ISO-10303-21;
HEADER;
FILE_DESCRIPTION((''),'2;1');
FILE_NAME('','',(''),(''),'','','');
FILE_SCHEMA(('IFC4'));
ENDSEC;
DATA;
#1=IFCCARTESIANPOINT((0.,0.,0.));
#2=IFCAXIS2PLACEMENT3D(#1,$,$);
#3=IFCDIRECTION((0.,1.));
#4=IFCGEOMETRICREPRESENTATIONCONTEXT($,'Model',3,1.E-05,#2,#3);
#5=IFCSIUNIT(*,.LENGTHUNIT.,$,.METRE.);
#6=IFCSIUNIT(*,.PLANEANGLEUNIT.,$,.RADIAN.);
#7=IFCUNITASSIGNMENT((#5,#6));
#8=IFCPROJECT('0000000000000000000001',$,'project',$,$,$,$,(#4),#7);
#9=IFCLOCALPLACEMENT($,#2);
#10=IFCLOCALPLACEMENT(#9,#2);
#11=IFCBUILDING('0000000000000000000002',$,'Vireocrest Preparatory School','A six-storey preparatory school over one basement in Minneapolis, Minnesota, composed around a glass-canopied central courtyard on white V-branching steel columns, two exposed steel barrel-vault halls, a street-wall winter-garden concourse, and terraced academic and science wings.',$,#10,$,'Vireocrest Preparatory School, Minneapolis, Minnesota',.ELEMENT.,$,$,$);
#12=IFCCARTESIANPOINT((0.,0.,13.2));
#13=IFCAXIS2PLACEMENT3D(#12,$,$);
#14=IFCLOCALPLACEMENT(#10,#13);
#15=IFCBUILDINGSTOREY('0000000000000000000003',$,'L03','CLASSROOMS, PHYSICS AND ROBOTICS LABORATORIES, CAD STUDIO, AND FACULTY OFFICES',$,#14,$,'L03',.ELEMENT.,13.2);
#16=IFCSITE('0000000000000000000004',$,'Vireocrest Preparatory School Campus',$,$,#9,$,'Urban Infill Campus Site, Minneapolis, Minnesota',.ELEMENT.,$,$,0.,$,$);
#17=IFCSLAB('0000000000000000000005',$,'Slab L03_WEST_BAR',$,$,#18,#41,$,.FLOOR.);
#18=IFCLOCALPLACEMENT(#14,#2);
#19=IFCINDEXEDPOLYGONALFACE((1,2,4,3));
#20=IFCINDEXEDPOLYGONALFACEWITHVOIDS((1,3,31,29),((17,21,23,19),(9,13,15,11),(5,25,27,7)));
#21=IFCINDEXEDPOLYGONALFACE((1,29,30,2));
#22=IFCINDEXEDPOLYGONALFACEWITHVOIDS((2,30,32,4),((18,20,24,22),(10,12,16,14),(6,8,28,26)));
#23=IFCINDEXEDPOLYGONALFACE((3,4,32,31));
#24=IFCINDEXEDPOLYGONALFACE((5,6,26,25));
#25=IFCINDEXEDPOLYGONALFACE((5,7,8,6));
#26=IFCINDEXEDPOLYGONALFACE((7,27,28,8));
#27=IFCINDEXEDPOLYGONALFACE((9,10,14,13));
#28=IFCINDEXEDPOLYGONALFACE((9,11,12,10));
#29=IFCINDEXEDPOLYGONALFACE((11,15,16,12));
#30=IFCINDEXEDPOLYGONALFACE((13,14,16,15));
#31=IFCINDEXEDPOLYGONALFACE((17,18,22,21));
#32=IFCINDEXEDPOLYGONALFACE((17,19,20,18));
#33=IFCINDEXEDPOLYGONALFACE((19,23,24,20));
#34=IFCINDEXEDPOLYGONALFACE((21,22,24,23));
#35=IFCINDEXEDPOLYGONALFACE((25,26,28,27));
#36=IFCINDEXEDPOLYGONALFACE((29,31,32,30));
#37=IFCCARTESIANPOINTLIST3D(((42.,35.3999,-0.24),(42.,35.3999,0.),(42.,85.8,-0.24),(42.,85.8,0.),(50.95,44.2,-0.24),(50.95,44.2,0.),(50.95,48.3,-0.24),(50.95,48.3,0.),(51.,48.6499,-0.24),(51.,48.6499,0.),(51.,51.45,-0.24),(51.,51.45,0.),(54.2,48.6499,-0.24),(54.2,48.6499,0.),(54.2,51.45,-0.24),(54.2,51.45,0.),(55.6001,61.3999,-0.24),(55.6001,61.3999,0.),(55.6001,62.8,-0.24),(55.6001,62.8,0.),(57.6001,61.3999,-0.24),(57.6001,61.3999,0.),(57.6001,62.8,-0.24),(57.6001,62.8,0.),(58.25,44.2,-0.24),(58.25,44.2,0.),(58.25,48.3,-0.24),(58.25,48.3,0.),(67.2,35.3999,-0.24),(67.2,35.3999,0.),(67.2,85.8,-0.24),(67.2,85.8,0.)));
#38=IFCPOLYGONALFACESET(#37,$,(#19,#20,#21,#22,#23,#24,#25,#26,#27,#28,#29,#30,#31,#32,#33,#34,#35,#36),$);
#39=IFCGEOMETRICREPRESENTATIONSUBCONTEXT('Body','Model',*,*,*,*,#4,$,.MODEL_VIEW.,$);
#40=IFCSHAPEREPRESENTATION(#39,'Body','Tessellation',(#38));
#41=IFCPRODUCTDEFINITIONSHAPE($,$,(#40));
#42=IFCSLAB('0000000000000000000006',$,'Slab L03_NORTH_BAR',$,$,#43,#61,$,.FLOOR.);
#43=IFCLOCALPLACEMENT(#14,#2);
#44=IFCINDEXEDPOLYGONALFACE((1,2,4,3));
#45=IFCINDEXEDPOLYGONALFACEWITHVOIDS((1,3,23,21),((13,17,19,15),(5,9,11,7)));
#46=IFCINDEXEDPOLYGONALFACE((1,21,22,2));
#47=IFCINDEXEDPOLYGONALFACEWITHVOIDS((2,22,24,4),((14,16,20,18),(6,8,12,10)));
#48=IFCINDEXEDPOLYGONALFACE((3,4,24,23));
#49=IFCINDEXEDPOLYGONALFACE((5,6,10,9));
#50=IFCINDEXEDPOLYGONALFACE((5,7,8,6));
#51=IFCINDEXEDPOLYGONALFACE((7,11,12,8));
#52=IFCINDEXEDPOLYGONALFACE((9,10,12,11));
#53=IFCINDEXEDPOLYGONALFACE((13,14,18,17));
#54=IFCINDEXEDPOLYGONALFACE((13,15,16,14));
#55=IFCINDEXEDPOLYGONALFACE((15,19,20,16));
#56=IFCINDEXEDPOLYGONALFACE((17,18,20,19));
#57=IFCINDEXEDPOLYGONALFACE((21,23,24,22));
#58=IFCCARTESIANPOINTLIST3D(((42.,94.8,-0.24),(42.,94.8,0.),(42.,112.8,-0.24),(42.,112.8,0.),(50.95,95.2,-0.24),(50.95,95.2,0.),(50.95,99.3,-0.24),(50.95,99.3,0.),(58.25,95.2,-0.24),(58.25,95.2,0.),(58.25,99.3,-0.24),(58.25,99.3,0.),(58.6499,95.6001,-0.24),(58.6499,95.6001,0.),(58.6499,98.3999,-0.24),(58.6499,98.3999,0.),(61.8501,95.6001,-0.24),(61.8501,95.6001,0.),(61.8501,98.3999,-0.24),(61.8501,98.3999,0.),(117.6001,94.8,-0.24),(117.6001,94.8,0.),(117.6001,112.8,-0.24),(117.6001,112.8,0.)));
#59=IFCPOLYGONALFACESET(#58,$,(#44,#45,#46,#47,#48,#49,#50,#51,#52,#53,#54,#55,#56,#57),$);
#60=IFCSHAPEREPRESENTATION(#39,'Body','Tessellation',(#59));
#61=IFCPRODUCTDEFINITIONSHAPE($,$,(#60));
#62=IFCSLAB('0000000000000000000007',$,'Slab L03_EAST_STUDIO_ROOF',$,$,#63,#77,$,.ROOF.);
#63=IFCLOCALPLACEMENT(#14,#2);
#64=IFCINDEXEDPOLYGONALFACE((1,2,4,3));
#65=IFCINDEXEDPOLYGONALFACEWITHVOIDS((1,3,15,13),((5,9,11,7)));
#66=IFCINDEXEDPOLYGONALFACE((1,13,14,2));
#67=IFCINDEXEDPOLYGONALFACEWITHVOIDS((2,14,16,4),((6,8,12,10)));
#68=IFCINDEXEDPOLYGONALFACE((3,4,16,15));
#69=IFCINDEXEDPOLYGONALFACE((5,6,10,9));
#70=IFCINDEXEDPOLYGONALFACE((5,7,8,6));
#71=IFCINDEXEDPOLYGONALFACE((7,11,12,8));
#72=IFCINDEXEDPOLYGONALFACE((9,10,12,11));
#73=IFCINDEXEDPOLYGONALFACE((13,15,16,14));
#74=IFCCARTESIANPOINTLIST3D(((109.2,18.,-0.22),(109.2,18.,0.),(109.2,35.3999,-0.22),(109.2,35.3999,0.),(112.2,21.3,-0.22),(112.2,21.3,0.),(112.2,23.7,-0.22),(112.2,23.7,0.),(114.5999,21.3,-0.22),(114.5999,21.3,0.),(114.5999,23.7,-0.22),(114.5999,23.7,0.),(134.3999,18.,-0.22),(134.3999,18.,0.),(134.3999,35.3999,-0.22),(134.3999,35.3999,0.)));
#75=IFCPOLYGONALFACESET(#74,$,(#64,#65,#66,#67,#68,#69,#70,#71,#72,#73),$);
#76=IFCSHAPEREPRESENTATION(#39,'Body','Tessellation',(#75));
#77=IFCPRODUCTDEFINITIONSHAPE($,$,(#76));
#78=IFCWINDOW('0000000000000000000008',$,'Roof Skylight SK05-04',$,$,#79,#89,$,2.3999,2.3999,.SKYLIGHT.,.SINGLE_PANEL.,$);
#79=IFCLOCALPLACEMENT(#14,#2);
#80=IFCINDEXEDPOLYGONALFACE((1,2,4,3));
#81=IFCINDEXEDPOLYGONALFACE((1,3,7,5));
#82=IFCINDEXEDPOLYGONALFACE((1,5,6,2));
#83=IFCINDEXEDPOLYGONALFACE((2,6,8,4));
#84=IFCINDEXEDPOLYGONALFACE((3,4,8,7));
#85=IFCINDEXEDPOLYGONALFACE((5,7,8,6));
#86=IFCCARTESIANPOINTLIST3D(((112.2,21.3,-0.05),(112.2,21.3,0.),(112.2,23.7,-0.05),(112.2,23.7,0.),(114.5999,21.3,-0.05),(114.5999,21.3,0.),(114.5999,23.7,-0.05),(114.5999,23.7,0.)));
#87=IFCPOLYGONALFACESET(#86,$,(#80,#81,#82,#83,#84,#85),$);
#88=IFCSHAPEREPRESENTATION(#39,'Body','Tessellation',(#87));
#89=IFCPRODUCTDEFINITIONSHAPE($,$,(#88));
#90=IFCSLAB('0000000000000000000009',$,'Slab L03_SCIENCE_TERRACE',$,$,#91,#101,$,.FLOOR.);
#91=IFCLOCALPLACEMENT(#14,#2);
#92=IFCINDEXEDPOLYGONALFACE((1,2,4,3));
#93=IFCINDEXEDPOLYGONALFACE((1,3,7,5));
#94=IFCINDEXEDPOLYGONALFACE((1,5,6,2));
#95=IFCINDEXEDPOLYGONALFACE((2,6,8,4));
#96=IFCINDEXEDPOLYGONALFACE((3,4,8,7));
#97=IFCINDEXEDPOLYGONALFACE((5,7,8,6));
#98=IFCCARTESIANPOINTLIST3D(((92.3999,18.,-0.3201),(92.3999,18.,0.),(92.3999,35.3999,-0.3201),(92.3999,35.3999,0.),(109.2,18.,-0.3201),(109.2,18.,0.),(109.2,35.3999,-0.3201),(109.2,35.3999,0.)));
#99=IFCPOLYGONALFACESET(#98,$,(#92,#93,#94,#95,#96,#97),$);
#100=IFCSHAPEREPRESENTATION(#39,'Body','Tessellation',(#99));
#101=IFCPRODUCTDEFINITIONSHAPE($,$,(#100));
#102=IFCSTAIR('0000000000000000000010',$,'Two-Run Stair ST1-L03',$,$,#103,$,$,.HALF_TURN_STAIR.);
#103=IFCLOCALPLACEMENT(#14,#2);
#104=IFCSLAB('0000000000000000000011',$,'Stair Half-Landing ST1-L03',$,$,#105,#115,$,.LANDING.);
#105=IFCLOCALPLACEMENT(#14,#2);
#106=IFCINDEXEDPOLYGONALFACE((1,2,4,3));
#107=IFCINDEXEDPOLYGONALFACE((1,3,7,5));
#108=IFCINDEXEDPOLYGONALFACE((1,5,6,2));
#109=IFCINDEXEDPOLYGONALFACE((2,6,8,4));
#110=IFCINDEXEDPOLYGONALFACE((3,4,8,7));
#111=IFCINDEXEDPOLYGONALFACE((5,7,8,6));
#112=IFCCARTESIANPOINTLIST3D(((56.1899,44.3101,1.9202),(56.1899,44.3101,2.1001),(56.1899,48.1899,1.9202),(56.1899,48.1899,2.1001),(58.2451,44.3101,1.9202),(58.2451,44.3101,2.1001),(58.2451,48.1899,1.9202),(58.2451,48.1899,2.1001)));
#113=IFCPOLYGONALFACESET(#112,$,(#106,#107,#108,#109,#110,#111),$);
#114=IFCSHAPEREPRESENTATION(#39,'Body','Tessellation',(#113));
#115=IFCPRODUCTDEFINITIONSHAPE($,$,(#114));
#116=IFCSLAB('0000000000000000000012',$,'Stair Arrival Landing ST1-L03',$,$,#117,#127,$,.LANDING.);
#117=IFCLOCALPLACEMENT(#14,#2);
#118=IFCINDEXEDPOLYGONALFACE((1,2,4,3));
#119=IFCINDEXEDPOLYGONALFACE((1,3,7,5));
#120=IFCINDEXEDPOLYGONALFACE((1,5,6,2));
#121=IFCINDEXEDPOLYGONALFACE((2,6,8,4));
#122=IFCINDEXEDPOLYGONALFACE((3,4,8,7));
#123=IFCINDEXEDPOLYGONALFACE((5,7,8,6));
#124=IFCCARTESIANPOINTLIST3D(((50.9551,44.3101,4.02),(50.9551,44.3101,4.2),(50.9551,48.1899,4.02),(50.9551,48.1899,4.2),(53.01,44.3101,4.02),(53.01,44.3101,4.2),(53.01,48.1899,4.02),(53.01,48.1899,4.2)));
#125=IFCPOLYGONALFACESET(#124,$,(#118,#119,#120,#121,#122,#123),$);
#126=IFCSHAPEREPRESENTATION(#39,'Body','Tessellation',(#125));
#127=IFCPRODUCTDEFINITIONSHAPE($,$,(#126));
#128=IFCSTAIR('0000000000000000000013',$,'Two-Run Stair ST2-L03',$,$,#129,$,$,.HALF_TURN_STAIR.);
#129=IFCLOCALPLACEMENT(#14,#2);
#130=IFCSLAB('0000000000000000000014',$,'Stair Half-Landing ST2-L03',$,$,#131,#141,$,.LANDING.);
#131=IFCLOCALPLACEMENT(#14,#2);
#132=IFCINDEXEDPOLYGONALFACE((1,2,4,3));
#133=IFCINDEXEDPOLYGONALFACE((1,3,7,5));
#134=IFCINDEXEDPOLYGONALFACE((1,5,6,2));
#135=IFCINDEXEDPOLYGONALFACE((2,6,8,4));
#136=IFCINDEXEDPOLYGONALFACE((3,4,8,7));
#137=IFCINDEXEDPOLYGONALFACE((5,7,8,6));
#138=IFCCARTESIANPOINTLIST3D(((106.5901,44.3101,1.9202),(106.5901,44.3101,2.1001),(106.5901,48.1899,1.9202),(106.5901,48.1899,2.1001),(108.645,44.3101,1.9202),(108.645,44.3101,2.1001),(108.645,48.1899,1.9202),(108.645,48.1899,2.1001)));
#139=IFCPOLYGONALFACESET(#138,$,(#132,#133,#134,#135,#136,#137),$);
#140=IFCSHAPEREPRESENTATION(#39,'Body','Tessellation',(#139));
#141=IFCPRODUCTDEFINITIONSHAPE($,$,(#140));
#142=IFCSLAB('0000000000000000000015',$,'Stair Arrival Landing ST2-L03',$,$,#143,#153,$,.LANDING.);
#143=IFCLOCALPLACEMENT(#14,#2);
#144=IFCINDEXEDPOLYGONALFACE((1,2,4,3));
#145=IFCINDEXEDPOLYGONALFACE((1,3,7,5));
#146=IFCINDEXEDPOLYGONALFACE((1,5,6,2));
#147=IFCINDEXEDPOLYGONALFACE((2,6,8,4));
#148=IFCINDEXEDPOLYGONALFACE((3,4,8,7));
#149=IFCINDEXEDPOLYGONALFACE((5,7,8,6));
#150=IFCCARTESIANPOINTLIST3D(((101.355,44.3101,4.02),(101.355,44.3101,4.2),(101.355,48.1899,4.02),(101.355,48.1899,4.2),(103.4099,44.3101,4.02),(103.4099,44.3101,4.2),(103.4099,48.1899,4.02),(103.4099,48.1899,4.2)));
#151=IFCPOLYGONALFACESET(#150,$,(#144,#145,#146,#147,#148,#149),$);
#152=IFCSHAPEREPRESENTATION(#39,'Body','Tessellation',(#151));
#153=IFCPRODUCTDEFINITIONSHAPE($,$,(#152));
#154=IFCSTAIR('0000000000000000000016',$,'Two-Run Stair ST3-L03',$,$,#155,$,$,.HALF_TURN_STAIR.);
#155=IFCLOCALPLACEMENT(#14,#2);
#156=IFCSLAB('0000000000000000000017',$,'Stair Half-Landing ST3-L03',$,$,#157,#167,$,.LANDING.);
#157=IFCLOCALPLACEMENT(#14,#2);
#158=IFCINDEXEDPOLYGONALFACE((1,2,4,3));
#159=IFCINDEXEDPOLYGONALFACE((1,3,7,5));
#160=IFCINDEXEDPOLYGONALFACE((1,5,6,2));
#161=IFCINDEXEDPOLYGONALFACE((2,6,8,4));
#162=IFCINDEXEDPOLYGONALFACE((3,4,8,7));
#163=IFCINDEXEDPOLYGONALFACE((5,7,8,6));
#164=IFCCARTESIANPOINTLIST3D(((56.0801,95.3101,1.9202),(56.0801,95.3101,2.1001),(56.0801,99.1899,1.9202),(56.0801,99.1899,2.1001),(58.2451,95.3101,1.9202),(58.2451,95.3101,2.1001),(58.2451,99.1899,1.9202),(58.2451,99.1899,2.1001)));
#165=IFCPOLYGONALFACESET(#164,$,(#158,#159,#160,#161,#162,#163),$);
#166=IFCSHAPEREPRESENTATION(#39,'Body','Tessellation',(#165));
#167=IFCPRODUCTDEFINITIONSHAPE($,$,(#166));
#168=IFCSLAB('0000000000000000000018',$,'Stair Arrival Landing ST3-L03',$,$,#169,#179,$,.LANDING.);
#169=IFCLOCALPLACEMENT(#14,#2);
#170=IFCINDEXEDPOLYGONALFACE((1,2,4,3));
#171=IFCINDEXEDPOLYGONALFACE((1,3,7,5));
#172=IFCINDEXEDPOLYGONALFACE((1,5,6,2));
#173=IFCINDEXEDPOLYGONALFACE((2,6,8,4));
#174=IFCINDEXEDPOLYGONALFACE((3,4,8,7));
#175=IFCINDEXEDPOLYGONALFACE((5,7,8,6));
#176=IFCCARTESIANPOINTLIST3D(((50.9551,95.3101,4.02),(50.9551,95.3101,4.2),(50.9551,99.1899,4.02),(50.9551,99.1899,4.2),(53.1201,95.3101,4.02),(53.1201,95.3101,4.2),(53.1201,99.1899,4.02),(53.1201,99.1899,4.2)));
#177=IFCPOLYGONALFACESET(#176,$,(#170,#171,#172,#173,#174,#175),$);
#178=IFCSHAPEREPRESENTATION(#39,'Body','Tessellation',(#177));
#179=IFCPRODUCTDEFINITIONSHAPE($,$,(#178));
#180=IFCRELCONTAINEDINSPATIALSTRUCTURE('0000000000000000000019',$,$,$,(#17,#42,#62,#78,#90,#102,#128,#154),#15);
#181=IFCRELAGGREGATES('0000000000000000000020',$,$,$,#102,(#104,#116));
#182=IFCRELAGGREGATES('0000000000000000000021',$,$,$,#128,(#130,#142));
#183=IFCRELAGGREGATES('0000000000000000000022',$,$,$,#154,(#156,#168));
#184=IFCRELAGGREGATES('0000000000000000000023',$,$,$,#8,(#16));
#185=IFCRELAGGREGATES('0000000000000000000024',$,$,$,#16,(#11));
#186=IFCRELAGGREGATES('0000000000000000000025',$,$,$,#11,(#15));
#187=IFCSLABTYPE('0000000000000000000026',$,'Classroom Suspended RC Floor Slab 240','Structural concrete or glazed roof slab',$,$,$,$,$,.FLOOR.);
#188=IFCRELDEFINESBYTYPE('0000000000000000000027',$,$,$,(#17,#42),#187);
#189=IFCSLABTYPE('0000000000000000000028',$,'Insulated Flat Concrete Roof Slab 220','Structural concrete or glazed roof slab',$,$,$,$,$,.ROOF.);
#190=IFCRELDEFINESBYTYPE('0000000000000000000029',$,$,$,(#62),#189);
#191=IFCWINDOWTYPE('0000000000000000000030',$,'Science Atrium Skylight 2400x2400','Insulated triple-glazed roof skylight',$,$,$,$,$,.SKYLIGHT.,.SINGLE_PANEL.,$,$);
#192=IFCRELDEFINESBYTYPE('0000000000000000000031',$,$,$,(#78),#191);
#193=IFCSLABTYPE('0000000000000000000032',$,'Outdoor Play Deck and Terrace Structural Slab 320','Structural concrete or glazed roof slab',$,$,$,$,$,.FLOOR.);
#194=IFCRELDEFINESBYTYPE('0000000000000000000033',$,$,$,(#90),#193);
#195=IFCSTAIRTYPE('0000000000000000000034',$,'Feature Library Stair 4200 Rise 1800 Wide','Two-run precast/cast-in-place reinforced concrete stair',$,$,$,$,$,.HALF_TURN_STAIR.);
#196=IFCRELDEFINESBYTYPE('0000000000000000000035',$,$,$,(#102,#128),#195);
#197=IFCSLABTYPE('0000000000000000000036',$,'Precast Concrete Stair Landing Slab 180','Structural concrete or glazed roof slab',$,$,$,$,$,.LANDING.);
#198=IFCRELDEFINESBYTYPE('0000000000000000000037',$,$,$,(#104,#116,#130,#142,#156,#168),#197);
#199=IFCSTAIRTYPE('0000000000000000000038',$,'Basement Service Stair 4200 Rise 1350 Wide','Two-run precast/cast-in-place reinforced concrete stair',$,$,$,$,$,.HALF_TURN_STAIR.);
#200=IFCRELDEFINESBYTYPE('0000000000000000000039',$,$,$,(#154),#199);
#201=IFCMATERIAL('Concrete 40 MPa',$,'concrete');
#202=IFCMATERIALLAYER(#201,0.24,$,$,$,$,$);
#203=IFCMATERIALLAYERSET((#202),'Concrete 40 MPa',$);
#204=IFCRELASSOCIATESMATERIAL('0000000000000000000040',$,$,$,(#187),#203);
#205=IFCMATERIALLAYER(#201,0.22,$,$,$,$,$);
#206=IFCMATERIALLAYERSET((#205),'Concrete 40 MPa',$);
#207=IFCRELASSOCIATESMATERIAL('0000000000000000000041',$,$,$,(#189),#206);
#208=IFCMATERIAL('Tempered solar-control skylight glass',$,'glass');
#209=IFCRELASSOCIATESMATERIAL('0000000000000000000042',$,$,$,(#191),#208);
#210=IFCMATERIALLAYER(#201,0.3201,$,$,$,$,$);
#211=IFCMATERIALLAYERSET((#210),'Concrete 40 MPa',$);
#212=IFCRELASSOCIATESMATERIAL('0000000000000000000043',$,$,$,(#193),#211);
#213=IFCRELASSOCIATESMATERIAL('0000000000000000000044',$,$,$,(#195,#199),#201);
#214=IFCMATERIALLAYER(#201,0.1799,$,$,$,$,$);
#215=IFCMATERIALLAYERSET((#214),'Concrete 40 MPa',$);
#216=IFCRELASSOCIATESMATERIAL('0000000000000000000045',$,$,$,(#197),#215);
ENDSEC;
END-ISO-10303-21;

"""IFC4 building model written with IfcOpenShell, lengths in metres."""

from ifc_helpers import new_model, si_unit, direction, frame, origin, origin_2d, place, context, subcontext, project, spatial, polyline, rectangle, outline, extrude, material, layer, layer_set, type_object, element, fill, aggregate, save


model = new_model("IFC4")

# Units and contexts
model_context = context("Model", 3, precision=1e-05, world=origin(), true_north=direction((0.0, 1.0)))
body_context = subcontext(model_context, "Body", "Model", "MODEL_VIEW")
ifc_project = project(units=[si_unit("LENGTHUNIT", "METRE"), si_unit("PLANEANGLEUNIT", "RADIAN")], contexts=[model_context])

# Site, building, storey
site_placement = place(None, origin())
site = spatial("IfcSite", under=ifc_project, at=site_placement, Name="Vireocrest Preparatory School Campus", LongName="Urban Infill Campus Site, Minneapolis, Minnesota", CompositionType="ELEMENT", RefElevation=0.0)
building_placement = place(site_placement, origin())
building = spatial("IfcBuilding", under=site, at=building_placement, Name="Vireocrest Preparatory School", Description="A six-storey preparatory school over one basement in Minneapolis, Minnesota, composed around a glass-canopied central courtyard on white V-branching steel columns, two exposed steel barrel-vault halls, a street-wall winter-garden concourse, and terraced academic and science wings.", LongName="Vireocrest Preparatory School, Minneapolis, Minnesota", CompositionType="ELEMENT")
storey_placement = place(building_placement, frame((0.0, 0.0, 13.2)))
storey = spatial("IfcBuildingStorey", under=building, at=storey_placement, Name="L03", Description="CLASSROOMS, PHYSICS AND ROBOTICS LABORATORIES, CAD STUDIO, AND FACULTY OFFICES", LongName="L03", CompositionType="ELEMENT", Elevation=13.2)

# Slabs, openings
ifc_material_1 = material(Name="Concrete 40 MPa", Category="concrete")
ifc_layer_1 = layer(ifc_material_1, 0.24)
ifc_layer_set_1 = layer_set([ifc_layer_1], Name="Concrete 40 MPa")
slab_type_1 = type_object("IfcSlabType", Name="Classroom Suspended RC Floor Slab 240", Description="Structural concrete or glazed roof slab", PredefinedType="FLOOR", material=ifc_layer_set_1)
slab_1_placement = place(storey_placement, frame((0.0, 0.0, -0.24)))
slab_1 = element("IfcSlab", 1, at=slab_1_placement, inside=storey, type_object=slab_type_1, Name="Slab L03_WEST_BAR", PredefinedType="FLOOR", context=body_context, shape_type="SweptSolid", body=[
    extrude(outline(polyline([(42.0, 35.3999), (67.2, 35.3999), (67.2, 85.8), (42.0, 85.8), (42.0, 35.3999)])), origin(), (0.0, 0.0, 1.0), 0.24),
])
opening_1_placement = place(slab_1_placement, frame((0.0, 0.0, -0.01)))
element("IfcOpeningElement", 2, at=opening_1_placement, cuts=slab_1, PredefinedType="OPENING", context=body_context, shape_type="SweptSolid", body=[
    extrude(outline(polyline([(50.95, 44.2), (58.25, 44.2), (58.25, 48.3), (50.95, 48.3), (50.95, 44.2)])), origin(), (0.0, 0.0, 1.0), 0.26),
])
opening_2_placement = place(slab_1_placement, frame((0.0, 0.0, -0.01)))
element("IfcOpeningElement", 3, at=opening_2_placement, cuts=slab_1, PredefinedType="OPENING", context=body_context, shape_type="SweptSolid", body=[
    extrude(outline(polyline([(51.0, 48.6499), (54.2, 48.6499), (54.2, 51.45), (51.0, 51.45), (51.0, 48.6499)])), origin(), (0.0, 0.0, 1.0), 0.26),
])
opening_3_placement = place(slab_1_placement, frame((0.0, 0.0, -0.01)))
element("IfcOpeningElement", 4, at=opening_3_placement, cuts=slab_1, PredefinedType="OPENING", context=body_context, shape_type="SweptSolid", body=[
    extrude(outline(polyline([(55.6001, 61.3999), (57.6001, 61.3999), (57.6001, 62.8), (55.6001, 62.8), (55.6001, 61.3999)])), origin(), (0.0, 0.0, 1.0), 0.26),
])
slab_2_placement = place(storey_placement, frame((0.0, 0.0, -0.24)))
slab_2 = element("IfcSlab", 5, at=slab_2_placement, inside=storey, type_object=slab_type_1, Name="Slab L03_NORTH_BAR", PredefinedType="FLOOR", context=body_context, shape_type="SweptSolid", body=[
    extrude(outline(polyline([(42.0, 94.8), (117.6001, 94.8), (117.6001, 112.8), (42.0, 112.8), (42.0, 94.8)])), origin(), (0.0, 0.0, 1.0), 0.24),
])
opening_4_placement = place(slab_2_placement, frame((0.0, 0.0, -0.01)))
element("IfcOpeningElement", 6, at=opening_4_placement, cuts=slab_2, PredefinedType="OPENING", context=body_context, shape_type="SweptSolid", body=[
    extrude(outline(polyline([(50.95, 95.2), (58.25, 95.2), (58.25, 99.3), (50.95, 99.3), (50.95, 95.2)])), origin(), (0.0, 0.0, 1.0), 0.26),
])
opening_5_placement = place(slab_2_placement, frame((0.0, 0.0, -0.01)))
element("IfcOpeningElement", 7, at=opening_5_placement, cuts=slab_2, PredefinedType="OPENING", context=body_context, shape_type="SweptSolid", body=[
    extrude(outline(polyline([(58.6499, 95.6001), (61.8501, 95.6001), (61.8501, 98.3999), (58.6499, 98.3999), (58.6499, 95.6001)])), origin(), (0.0, 0.0, 1.0), 0.26),
])

# Slab, opening, window
ifc_layer_2 = layer(ifc_material_1, 0.22)
ifc_layer_set_2 = layer_set([ifc_layer_2], Name="Concrete 40 MPa")
slab_type_2 = type_object("IfcSlabType", Name="Insulated Flat Concrete Roof Slab 220", Description="Structural concrete or glazed roof slab", PredefinedType="ROOF", material=ifc_layer_set_2)
slab_3_placement = place(storey_placement, frame((0.0, 0.0, -0.22)))
slab_3 = element("IfcSlab", 8, at=slab_3_placement, inside=storey, type_object=slab_type_2, Name="Slab L03_EAST_STUDIO_ROOF", PredefinedType="ROOF", context=body_context, shape_type="SweptSolid", body=[
    extrude(outline(polyline([(109.2, 18.0), (134.3999, 18.0), (134.3999, 35.3999), (109.2, 35.3999), (109.2, 18.0)])), origin(), (0.0, 0.0, 1.0), 0.22),
])
opening_6_placement = place(slab_3_placement, frame((113.3999, 22.5, -0.01)))
opening_6 = element("IfcOpeningElement", 9, at=opening_6_placement, cuts=slab_3, PredefinedType="OPENING", context=body_context, shape_type="SweptSolid", body=[
    extrude(rectangle(XDim=2.3999, YDim=2.3999, at=origin_2d()), origin(), (0.0, 0.0, 1.0), 0.24),
])
ifc_material_2 = material(Name="Tempered solar-control skylight glass", Category="glass")
window_type = type_object("IfcWindowType", Name="Science Atrium Skylight 2400x2400", Description="Insulated triple-glazed roof skylight", PartitioningType="SINGLE_PANEL", PredefinedType="SKYLIGHT", material=ifc_material_2)
window_placement = place(opening_6_placement, frame((0.0, 0.0, 0.1799)))
window = element("IfcWindow", 10, at=window_placement, inside=storey, type_object=window_type, Name="Roof Skylight SK05-04", OverallHeight=2.3999, OverallWidth=2.3999, PartitioningType="SINGLE_PANEL", PredefinedType="SKYLIGHT", context=body_context, shape_type="SweptSolid", body=[
    extrude(rectangle(XDim=2.3999, YDim=2.3999, at=origin_2d()), origin(), (0.0, 0.0, 1.0), 0.05),
])
fill(opening_6, window)

# Slab
ifc_layer_3 = layer(ifc_material_1, 0.3201)
ifc_layer_set_3 = layer_set([ifc_layer_3], Name="Concrete 40 MPa")
slab_type_3 = type_object("IfcSlabType", Name="Outdoor Play Deck and Terrace Structural Slab 320", Description="Structural concrete or glazed roof slab", PredefinedType="FLOOR", material=ifc_layer_set_3)
slab_4_placement = place(storey_placement, frame((0.0, 0.0, -0.3201)))
element("IfcSlab", 11, at=slab_4_placement, inside=storey, type_object=slab_type_3, Name="Slab L03_SCIENCE_TERRACE", PredefinedType="FLOOR", context=body_context, shape_type="SweptSolid", body=[
    extrude(outline(polyline([(92.3999, 18.0), (109.2, 18.0), (109.2, 35.3999), (92.3999, 35.3999), (92.3999, 18.0)])), origin(), (0.0, 0.0, 1.0), 0.3201),
])

# Stairs, slabs
stair_type_1 = type_object("IfcStairType", Name="Feature Library Stair 4200 Rise 1800 Wide", Description="Two-run precast/cast-in-place reinforced concrete stair", PredefinedType="HALF_TURN_STAIR", material=ifc_material_1)
stair_1_placement = place(storey_placement, origin())
stair_1 = element("IfcStair", 12, at=stair_1_placement, inside=storey, type_object=stair_type_1, Name="Two-Run Stair ST1-L03", PredefinedType="HALF_TURN_STAIR")
ifc_layer_4 = layer(ifc_material_1, 0.1799)
ifc_layer_set_4 = layer_set([ifc_layer_4], Name="Concrete 40 MPa")
slab_type_4 = type_object("IfcSlabType", Name="Precast Concrete Stair Landing Slab 180", Description="Structural concrete or glazed roof slab", PredefinedType="LANDING", material=ifc_layer_set_4)
slab_5_placement = place(storey_placement, frame((0.0, 0.0, 1.9202)))
slab_5 = element("IfcSlab", 13, at=slab_5_placement, type_object=slab_type_4, Name="Stair Half-Landing ST1-L03", PredefinedType="LANDING", context=body_context, shape_type="SweptSolid", body=[
    extrude(outline(polyline([(56.1899, 44.3101), (58.2451, 44.3101), (58.2451, 48.1899), (56.1899, 48.1899), (56.1899, 44.3101)])), origin(), (0.0, 0.0, 1.0), 0.1799),
])
slab_6_placement = place(storey_placement, frame((0.0, 0.0, 4.02)))
slab_6 = element("IfcSlab", 14, at=slab_6_placement, type_object=slab_type_4, Name="Stair Arrival Landing ST1-L03", PredefinedType="LANDING", context=body_context, shape_type="SweptSolid", body=[
    extrude(outline(polyline([(50.9551, 44.3101), (53.01, 44.3101), (53.01, 48.1899), (50.9551, 48.1899), (50.9551, 44.3101)])), origin(), (0.0, 0.0, 1.0), 0.1799),
])
aggregate(stair_1, [slab_5, slab_6])
stair_2_placement = place(storey_placement, origin())
stair_2 = element("IfcStair", 15, at=stair_2_placement, inside=storey, type_object=stair_type_1, Name="Two-Run Stair ST2-L03", PredefinedType="HALF_TURN_STAIR")
slab_7_placement = place(storey_placement, frame((0.0, 0.0, 1.9202)))
slab_7 = element("IfcSlab", 16, at=slab_7_placement, type_object=slab_type_4, Name="Stair Half-Landing ST2-L03", PredefinedType="LANDING", context=body_context, shape_type="SweptSolid", body=[
    extrude(outline(polyline([(106.5901, 44.3101), (108.645, 44.3101), (108.645, 48.1899), (106.5901, 48.1899), (106.5901, 44.3101)])), origin(), (0.0, 0.0, 1.0), 0.1799),
])
slab_8_placement = place(storey_placement, frame((0.0, 0.0, 4.02)))
slab_8 = element("IfcSlab", 17, at=slab_8_placement, type_object=slab_type_4, Name="Stair Arrival Landing ST2-L03", PredefinedType="LANDING", context=body_context, shape_type="SweptSolid", body=[
    extrude(outline(polyline([(101.355, 44.3101), (103.4099, 44.3101), (103.4099, 48.1899), (101.355, 48.1899), (101.355, 44.3101)])), origin(), (0.0, 0.0, 1.0), 0.1799),
])
aggregate(stair_2, [slab_7, slab_8])
stair_type_2 = type_object("IfcStairType", Name="Basement Service Stair 4200 Rise 1350 Wide", Description="Two-run precast/cast-in-place reinforced concrete stair", PredefinedType="HALF_TURN_STAIR", material=ifc_material_1)
stair_3_placement = place(storey_placement, origin())
stair_3 = element("IfcStair", 18, at=stair_3_placement, inside=storey, type_object=stair_type_2, Name="Two-Run Stair ST3-L03", PredefinedType="HALF_TURN_STAIR")
slab_9_placement = place(storey_placement, frame((0.0, 0.0, 1.9202)))
slab_9 = element("IfcSlab", 19, at=slab_9_placement, type_object=slab_type_4, Name="Stair Half-Landing ST3-L03", PredefinedType="LANDING", context=body_context, shape_type="SweptSolid", body=[
    extrude(outline(polyline([(56.0801, 95.3101), (58.2451, 95.3101), (58.2451, 99.1899), (56.0801, 99.1899), (56.0801, 95.3101)])), origin(), (0.0, 0.0, 1.0), 0.1799),
])
slab_10_placement = place(storey_placement, frame((0.0, 0.0, 4.02)))
slab_10 = element("IfcSlab", 20, at=slab_10_placement, type_object=slab_type_4, Name="Stair Arrival Landing ST3-L03", PredefinedType="LANDING", context=body_context, shape_type="SweptSolid", body=[
    extrude(outline(polyline([(50.9551, 95.3101), (53.1201, 95.3101), (53.1201, 99.1899), (50.9551, 99.1899), (50.9551, 95.3101)])), origin(), (0.0, 0.0, 1.0), 0.1799),
])
aggregate(stair_3, [slab_9, slab_10])

save(model, "model.ifc")
